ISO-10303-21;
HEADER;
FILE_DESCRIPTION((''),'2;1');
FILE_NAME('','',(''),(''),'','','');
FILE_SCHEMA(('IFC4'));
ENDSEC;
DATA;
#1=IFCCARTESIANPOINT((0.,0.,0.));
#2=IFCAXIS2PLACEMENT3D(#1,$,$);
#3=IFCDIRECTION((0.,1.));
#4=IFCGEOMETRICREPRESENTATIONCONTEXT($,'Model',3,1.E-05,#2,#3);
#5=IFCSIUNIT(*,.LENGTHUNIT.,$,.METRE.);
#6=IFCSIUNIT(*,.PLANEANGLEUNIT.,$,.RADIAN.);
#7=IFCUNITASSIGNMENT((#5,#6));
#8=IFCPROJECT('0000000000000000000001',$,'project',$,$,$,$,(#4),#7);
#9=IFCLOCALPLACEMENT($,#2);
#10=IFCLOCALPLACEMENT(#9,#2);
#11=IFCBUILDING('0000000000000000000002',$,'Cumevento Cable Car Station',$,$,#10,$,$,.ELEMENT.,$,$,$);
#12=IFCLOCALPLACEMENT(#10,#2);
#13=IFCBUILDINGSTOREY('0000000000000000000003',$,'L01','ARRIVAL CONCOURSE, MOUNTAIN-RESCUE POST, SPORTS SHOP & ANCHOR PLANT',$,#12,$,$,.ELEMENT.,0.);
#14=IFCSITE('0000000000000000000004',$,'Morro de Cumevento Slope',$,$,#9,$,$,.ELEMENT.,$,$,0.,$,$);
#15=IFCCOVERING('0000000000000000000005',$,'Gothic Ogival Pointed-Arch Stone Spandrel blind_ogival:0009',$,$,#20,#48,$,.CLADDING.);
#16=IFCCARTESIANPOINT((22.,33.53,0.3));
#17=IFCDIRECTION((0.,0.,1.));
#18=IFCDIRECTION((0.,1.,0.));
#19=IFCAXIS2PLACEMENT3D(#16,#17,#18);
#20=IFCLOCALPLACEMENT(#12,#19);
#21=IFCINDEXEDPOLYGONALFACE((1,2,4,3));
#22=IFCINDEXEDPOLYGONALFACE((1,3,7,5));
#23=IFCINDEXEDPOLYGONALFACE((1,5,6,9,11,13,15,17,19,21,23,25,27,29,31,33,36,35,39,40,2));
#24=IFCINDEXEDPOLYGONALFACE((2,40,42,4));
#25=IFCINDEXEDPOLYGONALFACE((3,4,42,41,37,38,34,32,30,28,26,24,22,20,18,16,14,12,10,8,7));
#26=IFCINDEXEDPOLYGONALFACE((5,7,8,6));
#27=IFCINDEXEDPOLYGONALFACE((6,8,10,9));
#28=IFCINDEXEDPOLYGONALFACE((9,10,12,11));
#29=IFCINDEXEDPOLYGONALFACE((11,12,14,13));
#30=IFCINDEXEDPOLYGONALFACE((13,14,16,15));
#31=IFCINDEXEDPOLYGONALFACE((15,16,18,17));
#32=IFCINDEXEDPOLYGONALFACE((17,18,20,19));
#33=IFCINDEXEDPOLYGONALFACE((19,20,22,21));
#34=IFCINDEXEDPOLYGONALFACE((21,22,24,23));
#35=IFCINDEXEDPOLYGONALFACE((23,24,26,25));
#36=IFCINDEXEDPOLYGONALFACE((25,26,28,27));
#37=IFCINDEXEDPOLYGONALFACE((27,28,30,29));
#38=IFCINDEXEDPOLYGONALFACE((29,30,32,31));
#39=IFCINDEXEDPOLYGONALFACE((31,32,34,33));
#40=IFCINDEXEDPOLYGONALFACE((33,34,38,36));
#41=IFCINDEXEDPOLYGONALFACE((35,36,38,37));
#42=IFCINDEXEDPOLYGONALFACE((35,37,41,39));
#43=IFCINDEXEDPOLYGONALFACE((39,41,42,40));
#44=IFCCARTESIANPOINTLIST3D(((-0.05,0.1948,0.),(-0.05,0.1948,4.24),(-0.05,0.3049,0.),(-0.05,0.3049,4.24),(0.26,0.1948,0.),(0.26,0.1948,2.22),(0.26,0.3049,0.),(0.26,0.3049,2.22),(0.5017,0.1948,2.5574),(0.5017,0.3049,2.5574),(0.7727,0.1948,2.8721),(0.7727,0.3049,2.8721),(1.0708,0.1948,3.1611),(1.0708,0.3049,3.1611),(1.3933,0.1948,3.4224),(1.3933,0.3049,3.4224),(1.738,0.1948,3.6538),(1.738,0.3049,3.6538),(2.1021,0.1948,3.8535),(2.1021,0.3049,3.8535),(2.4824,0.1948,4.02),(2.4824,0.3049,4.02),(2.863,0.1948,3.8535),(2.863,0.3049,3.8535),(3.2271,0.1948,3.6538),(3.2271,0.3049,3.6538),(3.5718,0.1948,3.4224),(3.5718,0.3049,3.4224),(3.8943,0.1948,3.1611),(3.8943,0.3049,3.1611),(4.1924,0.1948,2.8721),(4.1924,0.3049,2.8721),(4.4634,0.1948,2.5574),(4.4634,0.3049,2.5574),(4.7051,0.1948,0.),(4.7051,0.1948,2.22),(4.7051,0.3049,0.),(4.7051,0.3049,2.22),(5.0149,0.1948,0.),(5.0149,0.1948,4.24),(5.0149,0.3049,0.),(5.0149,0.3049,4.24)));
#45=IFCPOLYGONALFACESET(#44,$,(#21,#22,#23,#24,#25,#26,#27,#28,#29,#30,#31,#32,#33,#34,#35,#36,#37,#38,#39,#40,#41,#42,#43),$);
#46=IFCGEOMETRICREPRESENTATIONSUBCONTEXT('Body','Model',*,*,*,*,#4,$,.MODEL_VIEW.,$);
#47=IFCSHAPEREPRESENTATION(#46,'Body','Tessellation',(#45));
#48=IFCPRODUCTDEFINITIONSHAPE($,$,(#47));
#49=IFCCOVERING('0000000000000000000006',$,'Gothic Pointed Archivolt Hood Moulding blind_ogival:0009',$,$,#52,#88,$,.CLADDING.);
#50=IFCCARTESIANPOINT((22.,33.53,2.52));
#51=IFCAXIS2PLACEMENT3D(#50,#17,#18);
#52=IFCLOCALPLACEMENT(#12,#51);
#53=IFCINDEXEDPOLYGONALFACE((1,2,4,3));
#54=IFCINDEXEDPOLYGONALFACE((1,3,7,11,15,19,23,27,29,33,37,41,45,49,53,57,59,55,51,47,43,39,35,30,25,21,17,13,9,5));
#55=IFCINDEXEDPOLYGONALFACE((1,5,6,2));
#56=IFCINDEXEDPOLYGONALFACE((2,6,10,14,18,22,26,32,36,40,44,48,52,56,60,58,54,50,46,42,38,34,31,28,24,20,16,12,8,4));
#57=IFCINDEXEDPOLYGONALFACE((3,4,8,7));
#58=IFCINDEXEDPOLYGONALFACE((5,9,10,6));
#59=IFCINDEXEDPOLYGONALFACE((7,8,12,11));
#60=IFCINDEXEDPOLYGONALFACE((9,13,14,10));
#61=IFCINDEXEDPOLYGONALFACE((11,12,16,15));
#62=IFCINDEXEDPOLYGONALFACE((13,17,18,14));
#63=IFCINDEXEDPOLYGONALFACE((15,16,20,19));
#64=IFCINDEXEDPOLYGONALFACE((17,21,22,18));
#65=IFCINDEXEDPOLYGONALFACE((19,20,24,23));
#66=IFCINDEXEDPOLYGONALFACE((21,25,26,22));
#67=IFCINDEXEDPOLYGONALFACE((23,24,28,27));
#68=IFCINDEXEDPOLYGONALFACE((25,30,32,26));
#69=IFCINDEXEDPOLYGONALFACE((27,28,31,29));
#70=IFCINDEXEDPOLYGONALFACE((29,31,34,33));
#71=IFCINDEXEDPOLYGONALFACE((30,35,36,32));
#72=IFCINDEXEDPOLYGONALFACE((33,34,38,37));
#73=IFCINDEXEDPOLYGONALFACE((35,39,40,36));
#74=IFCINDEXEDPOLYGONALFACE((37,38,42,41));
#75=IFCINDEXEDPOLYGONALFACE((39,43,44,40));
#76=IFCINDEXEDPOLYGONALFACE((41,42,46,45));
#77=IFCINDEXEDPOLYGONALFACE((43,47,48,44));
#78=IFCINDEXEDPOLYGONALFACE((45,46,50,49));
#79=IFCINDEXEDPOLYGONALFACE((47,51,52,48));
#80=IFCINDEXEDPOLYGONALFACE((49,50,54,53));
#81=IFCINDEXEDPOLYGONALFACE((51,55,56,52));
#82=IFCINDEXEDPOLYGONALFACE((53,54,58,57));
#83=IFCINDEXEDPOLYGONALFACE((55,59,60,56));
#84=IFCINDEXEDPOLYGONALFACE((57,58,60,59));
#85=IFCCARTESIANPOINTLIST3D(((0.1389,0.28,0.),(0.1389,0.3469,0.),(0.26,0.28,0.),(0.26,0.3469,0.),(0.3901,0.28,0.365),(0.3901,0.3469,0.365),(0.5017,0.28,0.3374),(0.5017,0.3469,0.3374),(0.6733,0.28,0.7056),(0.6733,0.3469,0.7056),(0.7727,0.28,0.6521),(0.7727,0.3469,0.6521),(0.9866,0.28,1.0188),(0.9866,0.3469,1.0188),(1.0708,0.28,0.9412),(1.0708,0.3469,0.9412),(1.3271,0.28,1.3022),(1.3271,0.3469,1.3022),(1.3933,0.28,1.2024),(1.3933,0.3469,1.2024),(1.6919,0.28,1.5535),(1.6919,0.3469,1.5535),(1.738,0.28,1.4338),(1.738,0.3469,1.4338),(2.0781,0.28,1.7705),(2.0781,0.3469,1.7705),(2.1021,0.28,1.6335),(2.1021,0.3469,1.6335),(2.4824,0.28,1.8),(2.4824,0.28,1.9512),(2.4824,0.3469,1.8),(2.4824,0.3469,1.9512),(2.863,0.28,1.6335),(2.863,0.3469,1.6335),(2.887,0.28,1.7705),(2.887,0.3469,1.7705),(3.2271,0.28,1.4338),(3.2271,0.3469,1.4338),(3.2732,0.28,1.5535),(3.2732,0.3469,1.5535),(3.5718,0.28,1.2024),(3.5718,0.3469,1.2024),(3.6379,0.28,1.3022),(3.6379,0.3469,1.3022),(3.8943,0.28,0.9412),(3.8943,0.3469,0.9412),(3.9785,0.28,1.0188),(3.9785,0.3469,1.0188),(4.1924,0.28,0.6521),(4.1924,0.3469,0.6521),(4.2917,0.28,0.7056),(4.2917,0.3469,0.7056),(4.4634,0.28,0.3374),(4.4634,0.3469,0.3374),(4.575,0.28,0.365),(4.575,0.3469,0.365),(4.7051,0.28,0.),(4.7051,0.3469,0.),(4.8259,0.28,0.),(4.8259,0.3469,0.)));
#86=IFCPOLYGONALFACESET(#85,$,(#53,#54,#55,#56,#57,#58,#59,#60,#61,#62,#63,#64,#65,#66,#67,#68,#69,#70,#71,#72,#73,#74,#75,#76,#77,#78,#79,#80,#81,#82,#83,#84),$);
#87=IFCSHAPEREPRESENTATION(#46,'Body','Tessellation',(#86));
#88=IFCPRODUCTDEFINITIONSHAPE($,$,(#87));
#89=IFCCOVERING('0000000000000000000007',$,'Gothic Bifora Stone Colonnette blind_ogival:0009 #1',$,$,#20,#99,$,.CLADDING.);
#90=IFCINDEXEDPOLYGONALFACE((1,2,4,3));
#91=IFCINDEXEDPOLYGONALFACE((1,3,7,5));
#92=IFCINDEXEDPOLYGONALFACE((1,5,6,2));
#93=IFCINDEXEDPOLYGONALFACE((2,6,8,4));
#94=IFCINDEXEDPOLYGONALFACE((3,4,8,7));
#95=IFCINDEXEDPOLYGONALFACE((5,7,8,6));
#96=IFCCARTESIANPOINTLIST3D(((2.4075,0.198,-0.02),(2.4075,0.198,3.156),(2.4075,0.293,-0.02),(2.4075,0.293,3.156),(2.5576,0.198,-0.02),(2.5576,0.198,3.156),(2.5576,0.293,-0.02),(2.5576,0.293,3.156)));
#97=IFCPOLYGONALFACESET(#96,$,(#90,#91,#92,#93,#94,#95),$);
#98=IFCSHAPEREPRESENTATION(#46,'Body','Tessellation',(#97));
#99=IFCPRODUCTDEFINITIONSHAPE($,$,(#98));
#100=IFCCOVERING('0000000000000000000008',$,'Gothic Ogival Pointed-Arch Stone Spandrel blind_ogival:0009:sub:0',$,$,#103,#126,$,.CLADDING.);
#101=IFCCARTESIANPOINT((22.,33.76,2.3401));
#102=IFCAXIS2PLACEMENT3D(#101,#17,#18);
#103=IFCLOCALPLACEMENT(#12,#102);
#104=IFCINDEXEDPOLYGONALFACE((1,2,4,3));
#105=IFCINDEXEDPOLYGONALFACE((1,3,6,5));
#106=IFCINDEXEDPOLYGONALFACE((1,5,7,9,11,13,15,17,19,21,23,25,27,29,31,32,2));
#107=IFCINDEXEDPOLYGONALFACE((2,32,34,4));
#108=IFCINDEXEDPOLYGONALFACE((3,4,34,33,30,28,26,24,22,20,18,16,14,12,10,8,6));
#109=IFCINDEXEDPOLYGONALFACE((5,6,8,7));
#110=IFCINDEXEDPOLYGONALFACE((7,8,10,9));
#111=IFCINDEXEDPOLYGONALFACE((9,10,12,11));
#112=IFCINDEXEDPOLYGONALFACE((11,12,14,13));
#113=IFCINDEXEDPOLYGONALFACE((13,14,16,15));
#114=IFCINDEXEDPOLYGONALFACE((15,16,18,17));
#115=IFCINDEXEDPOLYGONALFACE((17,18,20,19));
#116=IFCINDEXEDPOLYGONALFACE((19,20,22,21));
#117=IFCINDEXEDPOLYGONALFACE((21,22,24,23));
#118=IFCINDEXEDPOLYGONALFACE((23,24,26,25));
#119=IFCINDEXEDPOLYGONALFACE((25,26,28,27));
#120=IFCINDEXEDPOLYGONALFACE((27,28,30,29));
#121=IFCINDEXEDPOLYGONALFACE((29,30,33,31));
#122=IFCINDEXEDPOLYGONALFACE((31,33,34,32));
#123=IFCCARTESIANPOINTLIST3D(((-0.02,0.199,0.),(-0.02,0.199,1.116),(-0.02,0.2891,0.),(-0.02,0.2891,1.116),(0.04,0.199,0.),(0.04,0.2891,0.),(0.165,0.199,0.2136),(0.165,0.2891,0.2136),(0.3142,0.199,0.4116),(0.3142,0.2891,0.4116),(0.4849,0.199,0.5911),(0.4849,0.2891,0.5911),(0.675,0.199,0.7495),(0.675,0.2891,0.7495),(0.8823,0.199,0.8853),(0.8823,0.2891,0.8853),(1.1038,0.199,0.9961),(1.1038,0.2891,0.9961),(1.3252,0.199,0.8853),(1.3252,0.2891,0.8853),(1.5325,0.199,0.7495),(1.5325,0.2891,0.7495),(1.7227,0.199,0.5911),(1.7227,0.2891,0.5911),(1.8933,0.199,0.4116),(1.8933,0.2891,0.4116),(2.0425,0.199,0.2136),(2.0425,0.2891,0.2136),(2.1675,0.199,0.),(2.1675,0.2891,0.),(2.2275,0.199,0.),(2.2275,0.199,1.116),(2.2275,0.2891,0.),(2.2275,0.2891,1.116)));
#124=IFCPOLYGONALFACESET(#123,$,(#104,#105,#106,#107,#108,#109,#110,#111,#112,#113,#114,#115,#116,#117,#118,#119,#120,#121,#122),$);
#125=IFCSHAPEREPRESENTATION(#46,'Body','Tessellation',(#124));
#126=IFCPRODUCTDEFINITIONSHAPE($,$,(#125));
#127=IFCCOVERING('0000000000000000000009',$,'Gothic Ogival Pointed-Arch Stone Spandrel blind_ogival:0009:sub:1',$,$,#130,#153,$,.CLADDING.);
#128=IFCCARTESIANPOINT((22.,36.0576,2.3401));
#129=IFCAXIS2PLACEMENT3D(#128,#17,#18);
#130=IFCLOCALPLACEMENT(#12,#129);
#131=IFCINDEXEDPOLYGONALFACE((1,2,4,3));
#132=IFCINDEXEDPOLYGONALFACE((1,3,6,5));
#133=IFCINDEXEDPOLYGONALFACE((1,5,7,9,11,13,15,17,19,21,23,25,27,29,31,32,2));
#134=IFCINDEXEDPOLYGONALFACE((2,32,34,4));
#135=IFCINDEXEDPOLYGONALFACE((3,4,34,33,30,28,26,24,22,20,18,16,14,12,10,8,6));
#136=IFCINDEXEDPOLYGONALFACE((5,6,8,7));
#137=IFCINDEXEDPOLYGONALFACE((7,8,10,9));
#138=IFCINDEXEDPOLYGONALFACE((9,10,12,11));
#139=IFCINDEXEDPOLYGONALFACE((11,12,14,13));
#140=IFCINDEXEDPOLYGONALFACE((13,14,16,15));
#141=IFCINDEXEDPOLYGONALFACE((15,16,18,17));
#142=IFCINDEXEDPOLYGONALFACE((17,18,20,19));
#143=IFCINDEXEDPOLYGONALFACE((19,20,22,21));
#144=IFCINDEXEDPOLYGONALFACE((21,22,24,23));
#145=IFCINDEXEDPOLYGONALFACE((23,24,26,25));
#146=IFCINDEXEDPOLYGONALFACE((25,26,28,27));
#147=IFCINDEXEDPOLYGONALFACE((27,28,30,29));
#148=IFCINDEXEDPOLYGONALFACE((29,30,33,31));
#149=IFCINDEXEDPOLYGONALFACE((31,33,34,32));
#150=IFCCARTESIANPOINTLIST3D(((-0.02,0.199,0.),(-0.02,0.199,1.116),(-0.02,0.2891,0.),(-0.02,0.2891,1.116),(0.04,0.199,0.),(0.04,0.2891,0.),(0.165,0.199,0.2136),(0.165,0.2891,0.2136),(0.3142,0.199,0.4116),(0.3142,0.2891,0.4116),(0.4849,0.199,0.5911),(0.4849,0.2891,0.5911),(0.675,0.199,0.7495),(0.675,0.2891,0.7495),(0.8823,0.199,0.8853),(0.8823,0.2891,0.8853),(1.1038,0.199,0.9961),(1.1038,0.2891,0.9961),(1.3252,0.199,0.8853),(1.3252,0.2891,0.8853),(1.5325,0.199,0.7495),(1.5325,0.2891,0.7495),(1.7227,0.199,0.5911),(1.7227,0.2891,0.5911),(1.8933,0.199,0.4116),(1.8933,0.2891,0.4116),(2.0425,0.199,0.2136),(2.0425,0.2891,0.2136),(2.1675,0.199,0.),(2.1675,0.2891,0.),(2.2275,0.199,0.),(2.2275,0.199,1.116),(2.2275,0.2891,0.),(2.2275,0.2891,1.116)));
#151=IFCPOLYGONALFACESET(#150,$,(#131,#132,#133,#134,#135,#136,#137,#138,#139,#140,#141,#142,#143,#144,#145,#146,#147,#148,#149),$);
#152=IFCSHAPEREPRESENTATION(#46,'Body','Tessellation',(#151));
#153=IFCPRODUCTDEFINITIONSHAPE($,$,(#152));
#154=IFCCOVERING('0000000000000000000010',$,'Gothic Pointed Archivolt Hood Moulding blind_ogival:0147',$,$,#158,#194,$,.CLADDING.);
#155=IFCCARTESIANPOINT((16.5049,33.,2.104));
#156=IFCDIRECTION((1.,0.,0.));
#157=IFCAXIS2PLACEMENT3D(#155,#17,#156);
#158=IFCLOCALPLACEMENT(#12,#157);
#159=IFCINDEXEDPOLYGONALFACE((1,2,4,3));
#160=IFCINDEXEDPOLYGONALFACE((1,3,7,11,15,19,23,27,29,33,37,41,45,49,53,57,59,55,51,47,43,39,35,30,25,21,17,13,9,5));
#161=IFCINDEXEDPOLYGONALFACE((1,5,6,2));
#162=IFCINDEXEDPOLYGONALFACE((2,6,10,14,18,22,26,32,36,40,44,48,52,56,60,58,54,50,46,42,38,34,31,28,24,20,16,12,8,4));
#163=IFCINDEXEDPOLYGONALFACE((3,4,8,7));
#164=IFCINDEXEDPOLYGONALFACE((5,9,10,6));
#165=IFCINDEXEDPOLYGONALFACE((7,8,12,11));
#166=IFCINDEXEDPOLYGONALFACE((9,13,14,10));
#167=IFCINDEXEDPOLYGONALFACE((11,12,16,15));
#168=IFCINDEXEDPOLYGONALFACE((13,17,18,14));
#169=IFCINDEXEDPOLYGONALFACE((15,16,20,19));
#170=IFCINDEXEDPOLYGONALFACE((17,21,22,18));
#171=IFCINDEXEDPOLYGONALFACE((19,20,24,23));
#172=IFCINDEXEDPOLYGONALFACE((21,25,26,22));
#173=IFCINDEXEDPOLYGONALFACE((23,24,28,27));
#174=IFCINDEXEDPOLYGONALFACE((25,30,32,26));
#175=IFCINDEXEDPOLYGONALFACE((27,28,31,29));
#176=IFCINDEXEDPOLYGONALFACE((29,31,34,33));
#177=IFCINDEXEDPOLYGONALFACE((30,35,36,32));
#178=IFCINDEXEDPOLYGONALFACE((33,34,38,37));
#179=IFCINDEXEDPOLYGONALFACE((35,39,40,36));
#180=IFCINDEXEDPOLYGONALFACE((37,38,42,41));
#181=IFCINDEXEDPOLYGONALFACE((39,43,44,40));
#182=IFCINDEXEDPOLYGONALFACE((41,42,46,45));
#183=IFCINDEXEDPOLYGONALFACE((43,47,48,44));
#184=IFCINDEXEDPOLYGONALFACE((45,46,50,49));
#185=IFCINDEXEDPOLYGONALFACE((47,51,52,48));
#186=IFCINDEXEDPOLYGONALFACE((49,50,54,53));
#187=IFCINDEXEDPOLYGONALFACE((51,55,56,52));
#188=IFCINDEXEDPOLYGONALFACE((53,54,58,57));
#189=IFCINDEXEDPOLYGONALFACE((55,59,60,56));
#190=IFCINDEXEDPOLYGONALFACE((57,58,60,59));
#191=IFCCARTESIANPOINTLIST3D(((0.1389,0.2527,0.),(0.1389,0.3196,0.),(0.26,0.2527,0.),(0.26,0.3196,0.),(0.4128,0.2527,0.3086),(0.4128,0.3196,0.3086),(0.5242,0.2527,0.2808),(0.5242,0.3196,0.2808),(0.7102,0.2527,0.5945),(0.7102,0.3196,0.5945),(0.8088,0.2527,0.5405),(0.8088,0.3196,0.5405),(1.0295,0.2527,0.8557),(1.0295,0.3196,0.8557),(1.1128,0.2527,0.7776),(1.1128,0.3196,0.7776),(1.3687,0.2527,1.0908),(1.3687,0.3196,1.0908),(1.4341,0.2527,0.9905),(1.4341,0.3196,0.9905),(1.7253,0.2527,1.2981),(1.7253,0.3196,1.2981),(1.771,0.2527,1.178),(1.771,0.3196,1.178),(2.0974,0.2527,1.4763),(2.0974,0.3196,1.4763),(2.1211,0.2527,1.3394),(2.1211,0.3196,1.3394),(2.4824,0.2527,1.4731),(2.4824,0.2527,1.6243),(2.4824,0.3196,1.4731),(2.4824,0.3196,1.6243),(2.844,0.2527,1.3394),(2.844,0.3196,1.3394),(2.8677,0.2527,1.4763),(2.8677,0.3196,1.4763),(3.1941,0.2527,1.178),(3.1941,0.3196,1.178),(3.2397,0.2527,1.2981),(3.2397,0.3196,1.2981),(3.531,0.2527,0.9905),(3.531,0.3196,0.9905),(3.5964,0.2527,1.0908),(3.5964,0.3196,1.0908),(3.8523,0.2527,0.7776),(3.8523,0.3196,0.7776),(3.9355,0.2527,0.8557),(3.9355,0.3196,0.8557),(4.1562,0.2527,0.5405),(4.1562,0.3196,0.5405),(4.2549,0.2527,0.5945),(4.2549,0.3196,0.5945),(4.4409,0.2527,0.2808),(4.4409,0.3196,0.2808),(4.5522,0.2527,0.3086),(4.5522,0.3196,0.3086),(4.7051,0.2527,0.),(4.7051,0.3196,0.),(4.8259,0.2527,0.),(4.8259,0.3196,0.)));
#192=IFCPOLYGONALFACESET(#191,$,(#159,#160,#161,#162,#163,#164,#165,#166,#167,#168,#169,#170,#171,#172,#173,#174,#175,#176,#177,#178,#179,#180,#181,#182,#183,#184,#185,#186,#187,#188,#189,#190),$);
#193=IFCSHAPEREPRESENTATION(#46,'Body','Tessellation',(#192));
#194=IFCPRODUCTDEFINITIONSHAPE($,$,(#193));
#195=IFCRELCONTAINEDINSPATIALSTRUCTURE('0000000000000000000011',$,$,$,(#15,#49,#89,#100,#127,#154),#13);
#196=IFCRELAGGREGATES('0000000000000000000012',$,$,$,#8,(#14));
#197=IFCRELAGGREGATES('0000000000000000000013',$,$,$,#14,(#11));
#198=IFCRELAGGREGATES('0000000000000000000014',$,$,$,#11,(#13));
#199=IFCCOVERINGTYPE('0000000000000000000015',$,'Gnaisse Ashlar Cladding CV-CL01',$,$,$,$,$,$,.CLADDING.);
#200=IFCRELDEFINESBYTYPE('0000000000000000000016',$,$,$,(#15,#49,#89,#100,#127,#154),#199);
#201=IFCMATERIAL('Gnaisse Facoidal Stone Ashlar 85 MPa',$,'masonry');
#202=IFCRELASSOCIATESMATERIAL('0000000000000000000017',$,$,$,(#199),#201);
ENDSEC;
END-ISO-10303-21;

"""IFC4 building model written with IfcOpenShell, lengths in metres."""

from ifc_helpers import new_model, si_unit, direction, frame, origin, place, context, subcontext, project, spatial, polyline, outline, extrude, material, type_object, element, save


model = new_model("IFC4")

# Units and contexts
model_context = context("Model", 3, precision=1e-05, world=origin(), true_north=direction((0.0, 1.0)))
body_context = subcontext(model_context, "Body", "Model", "MODEL_VIEW")
ifc_project = project(units=[si_unit("LENGTHUNIT", "METRE"), si_unit("PLANEANGLEUNIT", "RADIAN")], contexts=[model_context])

# Site, building, storey
site_placement = place(None, origin())
site = spatial("IfcSite", under=ifc_project, at=site_placement, Name="Morro de Cumevento Slope", CompositionType="ELEMENT", RefElevation=0.0)
building_placement = place(site_placement, origin())
building = spatial("IfcBuilding", under=site, at=building_placement, Name="Cumevento Cable Car Station", CompositionType="ELEMENT")
storey_placement = place(building_placement, origin())
storey = spatial("IfcBuildingStorey", under=building, at=storey_placement, Name="L01", Description="ARRIVAL CONCOURSE, MOUNTAIN-RESCUE POST, SPORTS SHOP & ANCHOR PLANT", CompositionType="ELEMENT", Elevation=0.0)

# Coverings
ifc_material_1 = material(Name="Gnaisse Facoidal Stone Ashlar 85 MPa", Category="masonry")
covering_type = type_object("IfcCoveringType", Name="Gnaisse Ashlar Cladding CV-CL01", PredefinedType="CLADDING", material=ifc_material_1)
placement = place(storey_placement, frame((22.0, 33.53, 0.3), z_axis=(0.0, 0.0, 1.0), x_axis=(0.0, 1.0, 0.0)))
element("IfcCovering", 1, at=placement, inside=storey, type_object=covering_type, Name="Gothic Ogival Pointed-Arch Stone Spandrel blind_ogival:0009", PredefinedType="CLADDING", context=body_context, shape_type="SweptSolid", body=[
    extrude(outline(polyline([(-0.05, 0.0), (-0.05, 4.24), (5.0149, 4.24), (5.0149, 0.0), (4.7051, 0.0), (4.7051, 2.22), (4.4634, 2.5574), (4.1924, 2.8721), (3.8943, 3.1611), (3.5718, 3.4224), (3.2271, 3.6538), (2.863, 3.8535), (2.4824, 4.02), (2.1021, 3.8535), (1.738, 3.6538), (1.3933, 3.4224), (1.0708, 3.1611), (0.7727, 2.8721), (0.5017, 2.5574), (0.26, 2.22), (0.26, 0.0), (-0.05, 0.0)])), frame((0.0, 0.3049, 0.0), z_axis=(0.0, -1.0, 0.0), x_axis=(1.0, 0.0, 0.0)), (0.0, 0.0, 1.0), 0.1101),
])
covering_1_placement = place(storey_placement, frame((22.0, 33.53, 2.52), z_axis=(0.0, 0.0, 1.0), x_axis=(0.0, 1.0, 0.0)))
element("IfcCovering", 2, at=covering_1_placement, inside=storey, type_object=covering_type, Name="Gothic Pointed Archivolt Hood Moulding blind_ogival:0009", PredefinedType="CLADDING", context=body_context, shape_type="SweptSolid", body=[
    extrude(outline(polyline([(0.26, 0.0), (0.5017, 0.3374), (0.7727, 0.6521), (1.0708, 0.9412), (1.3933, 1.2024), (1.738, 1.4338), (2.1021, 1.6335), (2.4824, 1.8), (2.863, 1.6335), (3.2271, 1.4338), (3.5718, 1.2024), (3.8943, 0.9412), (4.1924, 0.6521), (4.4634, 0.3374), (4.7051, 0.0), (4.8259, 0.0), (4.575, 0.365), (4.2917, 0.7056), (3.9785, 1.0188), (3.6379, 1.3022), (3.2732, 1.5535), (2.887, 1.7705), (2.4824, 1.9512), (2.0781, 1.7705), (1.6919, 1.5535), (1.3271, 1.3022), (0.9866, 1.0188), (0.6733, 0.7056), (0.3901, 0.365), (0.1389, 0.0), (0.26, 0.0)])), frame((0.0, 0.3469, 0.0), z_axis=(0.0, -1.0, 0.0), x_axis=(1.0, 0.0, 0.0)), (0.0, 0.0, 1.0), 0.0669),
])
element("IfcCovering", 3, at=placement, inside=storey, type_object=covering_type, Name="Gothic Bifora Stone Colonnette blind_ogival:0009 #1", PredefinedType="CLADDING", context=body_context, shape_type="SweptSolid", body=[
    extrude(outline(polyline([(2.4075, -0.02), (2.5576, -0.02), (2.5576, 3.156), (2.4075, 3.156), (2.4075, -0.02)])), frame((0.0, 0.293, 0.0), z_axis=(0.0, -1.0, 0.0), x_axis=(1.0, 0.0, 0.0)), (0.0, 0.0, 1.0), 0.095),
])
for number, where, z_axis, x_axis, name in (
    (4, (22.0, 33.76, 2.3401), (0.0, 0.0, 1.0), (0.0, 1.0, 0.0), "Gothic Ogival Pointed-Arch Stone Spandrel blind_ogival:0009:sub:0"),
    (5, (22.0, 36.0576, 2.3401), (0.0, 0.0, 1.0), (0.0, 1.0, 0.0), "Gothic Ogival Pointed-Arch Stone Spandrel blind_ogival:0009:sub:1"),
):
    element("IfcCovering", number, at=place(storey_placement, frame(where, z_axis=z_axis, x_axis=x_axis)), inside=storey, type_object=covering_type, Name=name, PredefinedType="CLADDING", context=body_context, shape_type="SweptSolid", body=[
        extrude(outline(polyline([(-0.02, 0.0), (-0.02, 1.116), (2.2275, 1.116), (2.2275, 0.0), (2.1675, 0.0), (2.0425, 0.2136), (1.8933, 0.4116), (1.7227, 0.5911), (1.5325, 0.7495), (1.3252, 0.8853), (1.1038, 0.9961), (0.8823, 0.8853), (0.675, 0.7495), (0.4849, 0.5911), (0.3142, 0.4116), (0.165, 0.2136), (0.04, 0.0), (-0.02, 0.0)])), frame((0.0, 0.2891, 0.0), z_axis=(0.0, -1.0, 0.0), x_axis=(1.0, 0.0, 0.0)), (0.0, 0.0, 1.0), 0.0901),
    ])
covering_2_placement = place(storey_placement, frame((16.5049, 33.0, 2.104), z_axis=(0.0, 0.0, 1.0), x_axis=(1.0, 0.0, 0.0)))
element("IfcCovering", 6, at=covering_2_placement, inside=storey, type_object=covering_type, Name="Gothic Pointed Archivolt Hood Moulding blind_ogival:0147", PredefinedType="CLADDING", context=body_context, shape_type="SweptSolid", body=[
    extrude(outline(polyline([(0.26, 0.0), (0.5242, 0.2808), (0.8088, 0.5405), (1.1128, 0.7776), (1.4341, 0.9905), (1.771, 1.178), (2.1211, 1.3394), (2.4824, 1.4731), (2.844, 1.3394), (3.1941, 1.178), (3.531, 0.9905), (3.8523, 0.7776), (4.1562, 0.5405), (4.4409, 0.2808), (4.7051, 0.0), (4.8259, 0.0), (4.5522, 0.3086), (4.2549, 0.5945), (3.9355, 0.8557), (3.5964, 1.0908), (3.2397, 1.2981), (2.8677, 1.4763), (2.4824, 1.6243), (2.0974, 1.4763), (1.7253, 1.2981), (1.3687, 1.0908), (1.0295, 0.8557), (0.7102, 0.5945), (0.4128, 0.3086), (0.1389, 0.0), (0.26, 0.0)])), frame((0.0, 0.3196, 0.0), z_axis=(0.0, -1.0, 0.0), x_axis=(1.0, 0.0, 0.0)), (0.0, 0.0, 1.0), 0.0669),
])

save(model, "model.ifc")
